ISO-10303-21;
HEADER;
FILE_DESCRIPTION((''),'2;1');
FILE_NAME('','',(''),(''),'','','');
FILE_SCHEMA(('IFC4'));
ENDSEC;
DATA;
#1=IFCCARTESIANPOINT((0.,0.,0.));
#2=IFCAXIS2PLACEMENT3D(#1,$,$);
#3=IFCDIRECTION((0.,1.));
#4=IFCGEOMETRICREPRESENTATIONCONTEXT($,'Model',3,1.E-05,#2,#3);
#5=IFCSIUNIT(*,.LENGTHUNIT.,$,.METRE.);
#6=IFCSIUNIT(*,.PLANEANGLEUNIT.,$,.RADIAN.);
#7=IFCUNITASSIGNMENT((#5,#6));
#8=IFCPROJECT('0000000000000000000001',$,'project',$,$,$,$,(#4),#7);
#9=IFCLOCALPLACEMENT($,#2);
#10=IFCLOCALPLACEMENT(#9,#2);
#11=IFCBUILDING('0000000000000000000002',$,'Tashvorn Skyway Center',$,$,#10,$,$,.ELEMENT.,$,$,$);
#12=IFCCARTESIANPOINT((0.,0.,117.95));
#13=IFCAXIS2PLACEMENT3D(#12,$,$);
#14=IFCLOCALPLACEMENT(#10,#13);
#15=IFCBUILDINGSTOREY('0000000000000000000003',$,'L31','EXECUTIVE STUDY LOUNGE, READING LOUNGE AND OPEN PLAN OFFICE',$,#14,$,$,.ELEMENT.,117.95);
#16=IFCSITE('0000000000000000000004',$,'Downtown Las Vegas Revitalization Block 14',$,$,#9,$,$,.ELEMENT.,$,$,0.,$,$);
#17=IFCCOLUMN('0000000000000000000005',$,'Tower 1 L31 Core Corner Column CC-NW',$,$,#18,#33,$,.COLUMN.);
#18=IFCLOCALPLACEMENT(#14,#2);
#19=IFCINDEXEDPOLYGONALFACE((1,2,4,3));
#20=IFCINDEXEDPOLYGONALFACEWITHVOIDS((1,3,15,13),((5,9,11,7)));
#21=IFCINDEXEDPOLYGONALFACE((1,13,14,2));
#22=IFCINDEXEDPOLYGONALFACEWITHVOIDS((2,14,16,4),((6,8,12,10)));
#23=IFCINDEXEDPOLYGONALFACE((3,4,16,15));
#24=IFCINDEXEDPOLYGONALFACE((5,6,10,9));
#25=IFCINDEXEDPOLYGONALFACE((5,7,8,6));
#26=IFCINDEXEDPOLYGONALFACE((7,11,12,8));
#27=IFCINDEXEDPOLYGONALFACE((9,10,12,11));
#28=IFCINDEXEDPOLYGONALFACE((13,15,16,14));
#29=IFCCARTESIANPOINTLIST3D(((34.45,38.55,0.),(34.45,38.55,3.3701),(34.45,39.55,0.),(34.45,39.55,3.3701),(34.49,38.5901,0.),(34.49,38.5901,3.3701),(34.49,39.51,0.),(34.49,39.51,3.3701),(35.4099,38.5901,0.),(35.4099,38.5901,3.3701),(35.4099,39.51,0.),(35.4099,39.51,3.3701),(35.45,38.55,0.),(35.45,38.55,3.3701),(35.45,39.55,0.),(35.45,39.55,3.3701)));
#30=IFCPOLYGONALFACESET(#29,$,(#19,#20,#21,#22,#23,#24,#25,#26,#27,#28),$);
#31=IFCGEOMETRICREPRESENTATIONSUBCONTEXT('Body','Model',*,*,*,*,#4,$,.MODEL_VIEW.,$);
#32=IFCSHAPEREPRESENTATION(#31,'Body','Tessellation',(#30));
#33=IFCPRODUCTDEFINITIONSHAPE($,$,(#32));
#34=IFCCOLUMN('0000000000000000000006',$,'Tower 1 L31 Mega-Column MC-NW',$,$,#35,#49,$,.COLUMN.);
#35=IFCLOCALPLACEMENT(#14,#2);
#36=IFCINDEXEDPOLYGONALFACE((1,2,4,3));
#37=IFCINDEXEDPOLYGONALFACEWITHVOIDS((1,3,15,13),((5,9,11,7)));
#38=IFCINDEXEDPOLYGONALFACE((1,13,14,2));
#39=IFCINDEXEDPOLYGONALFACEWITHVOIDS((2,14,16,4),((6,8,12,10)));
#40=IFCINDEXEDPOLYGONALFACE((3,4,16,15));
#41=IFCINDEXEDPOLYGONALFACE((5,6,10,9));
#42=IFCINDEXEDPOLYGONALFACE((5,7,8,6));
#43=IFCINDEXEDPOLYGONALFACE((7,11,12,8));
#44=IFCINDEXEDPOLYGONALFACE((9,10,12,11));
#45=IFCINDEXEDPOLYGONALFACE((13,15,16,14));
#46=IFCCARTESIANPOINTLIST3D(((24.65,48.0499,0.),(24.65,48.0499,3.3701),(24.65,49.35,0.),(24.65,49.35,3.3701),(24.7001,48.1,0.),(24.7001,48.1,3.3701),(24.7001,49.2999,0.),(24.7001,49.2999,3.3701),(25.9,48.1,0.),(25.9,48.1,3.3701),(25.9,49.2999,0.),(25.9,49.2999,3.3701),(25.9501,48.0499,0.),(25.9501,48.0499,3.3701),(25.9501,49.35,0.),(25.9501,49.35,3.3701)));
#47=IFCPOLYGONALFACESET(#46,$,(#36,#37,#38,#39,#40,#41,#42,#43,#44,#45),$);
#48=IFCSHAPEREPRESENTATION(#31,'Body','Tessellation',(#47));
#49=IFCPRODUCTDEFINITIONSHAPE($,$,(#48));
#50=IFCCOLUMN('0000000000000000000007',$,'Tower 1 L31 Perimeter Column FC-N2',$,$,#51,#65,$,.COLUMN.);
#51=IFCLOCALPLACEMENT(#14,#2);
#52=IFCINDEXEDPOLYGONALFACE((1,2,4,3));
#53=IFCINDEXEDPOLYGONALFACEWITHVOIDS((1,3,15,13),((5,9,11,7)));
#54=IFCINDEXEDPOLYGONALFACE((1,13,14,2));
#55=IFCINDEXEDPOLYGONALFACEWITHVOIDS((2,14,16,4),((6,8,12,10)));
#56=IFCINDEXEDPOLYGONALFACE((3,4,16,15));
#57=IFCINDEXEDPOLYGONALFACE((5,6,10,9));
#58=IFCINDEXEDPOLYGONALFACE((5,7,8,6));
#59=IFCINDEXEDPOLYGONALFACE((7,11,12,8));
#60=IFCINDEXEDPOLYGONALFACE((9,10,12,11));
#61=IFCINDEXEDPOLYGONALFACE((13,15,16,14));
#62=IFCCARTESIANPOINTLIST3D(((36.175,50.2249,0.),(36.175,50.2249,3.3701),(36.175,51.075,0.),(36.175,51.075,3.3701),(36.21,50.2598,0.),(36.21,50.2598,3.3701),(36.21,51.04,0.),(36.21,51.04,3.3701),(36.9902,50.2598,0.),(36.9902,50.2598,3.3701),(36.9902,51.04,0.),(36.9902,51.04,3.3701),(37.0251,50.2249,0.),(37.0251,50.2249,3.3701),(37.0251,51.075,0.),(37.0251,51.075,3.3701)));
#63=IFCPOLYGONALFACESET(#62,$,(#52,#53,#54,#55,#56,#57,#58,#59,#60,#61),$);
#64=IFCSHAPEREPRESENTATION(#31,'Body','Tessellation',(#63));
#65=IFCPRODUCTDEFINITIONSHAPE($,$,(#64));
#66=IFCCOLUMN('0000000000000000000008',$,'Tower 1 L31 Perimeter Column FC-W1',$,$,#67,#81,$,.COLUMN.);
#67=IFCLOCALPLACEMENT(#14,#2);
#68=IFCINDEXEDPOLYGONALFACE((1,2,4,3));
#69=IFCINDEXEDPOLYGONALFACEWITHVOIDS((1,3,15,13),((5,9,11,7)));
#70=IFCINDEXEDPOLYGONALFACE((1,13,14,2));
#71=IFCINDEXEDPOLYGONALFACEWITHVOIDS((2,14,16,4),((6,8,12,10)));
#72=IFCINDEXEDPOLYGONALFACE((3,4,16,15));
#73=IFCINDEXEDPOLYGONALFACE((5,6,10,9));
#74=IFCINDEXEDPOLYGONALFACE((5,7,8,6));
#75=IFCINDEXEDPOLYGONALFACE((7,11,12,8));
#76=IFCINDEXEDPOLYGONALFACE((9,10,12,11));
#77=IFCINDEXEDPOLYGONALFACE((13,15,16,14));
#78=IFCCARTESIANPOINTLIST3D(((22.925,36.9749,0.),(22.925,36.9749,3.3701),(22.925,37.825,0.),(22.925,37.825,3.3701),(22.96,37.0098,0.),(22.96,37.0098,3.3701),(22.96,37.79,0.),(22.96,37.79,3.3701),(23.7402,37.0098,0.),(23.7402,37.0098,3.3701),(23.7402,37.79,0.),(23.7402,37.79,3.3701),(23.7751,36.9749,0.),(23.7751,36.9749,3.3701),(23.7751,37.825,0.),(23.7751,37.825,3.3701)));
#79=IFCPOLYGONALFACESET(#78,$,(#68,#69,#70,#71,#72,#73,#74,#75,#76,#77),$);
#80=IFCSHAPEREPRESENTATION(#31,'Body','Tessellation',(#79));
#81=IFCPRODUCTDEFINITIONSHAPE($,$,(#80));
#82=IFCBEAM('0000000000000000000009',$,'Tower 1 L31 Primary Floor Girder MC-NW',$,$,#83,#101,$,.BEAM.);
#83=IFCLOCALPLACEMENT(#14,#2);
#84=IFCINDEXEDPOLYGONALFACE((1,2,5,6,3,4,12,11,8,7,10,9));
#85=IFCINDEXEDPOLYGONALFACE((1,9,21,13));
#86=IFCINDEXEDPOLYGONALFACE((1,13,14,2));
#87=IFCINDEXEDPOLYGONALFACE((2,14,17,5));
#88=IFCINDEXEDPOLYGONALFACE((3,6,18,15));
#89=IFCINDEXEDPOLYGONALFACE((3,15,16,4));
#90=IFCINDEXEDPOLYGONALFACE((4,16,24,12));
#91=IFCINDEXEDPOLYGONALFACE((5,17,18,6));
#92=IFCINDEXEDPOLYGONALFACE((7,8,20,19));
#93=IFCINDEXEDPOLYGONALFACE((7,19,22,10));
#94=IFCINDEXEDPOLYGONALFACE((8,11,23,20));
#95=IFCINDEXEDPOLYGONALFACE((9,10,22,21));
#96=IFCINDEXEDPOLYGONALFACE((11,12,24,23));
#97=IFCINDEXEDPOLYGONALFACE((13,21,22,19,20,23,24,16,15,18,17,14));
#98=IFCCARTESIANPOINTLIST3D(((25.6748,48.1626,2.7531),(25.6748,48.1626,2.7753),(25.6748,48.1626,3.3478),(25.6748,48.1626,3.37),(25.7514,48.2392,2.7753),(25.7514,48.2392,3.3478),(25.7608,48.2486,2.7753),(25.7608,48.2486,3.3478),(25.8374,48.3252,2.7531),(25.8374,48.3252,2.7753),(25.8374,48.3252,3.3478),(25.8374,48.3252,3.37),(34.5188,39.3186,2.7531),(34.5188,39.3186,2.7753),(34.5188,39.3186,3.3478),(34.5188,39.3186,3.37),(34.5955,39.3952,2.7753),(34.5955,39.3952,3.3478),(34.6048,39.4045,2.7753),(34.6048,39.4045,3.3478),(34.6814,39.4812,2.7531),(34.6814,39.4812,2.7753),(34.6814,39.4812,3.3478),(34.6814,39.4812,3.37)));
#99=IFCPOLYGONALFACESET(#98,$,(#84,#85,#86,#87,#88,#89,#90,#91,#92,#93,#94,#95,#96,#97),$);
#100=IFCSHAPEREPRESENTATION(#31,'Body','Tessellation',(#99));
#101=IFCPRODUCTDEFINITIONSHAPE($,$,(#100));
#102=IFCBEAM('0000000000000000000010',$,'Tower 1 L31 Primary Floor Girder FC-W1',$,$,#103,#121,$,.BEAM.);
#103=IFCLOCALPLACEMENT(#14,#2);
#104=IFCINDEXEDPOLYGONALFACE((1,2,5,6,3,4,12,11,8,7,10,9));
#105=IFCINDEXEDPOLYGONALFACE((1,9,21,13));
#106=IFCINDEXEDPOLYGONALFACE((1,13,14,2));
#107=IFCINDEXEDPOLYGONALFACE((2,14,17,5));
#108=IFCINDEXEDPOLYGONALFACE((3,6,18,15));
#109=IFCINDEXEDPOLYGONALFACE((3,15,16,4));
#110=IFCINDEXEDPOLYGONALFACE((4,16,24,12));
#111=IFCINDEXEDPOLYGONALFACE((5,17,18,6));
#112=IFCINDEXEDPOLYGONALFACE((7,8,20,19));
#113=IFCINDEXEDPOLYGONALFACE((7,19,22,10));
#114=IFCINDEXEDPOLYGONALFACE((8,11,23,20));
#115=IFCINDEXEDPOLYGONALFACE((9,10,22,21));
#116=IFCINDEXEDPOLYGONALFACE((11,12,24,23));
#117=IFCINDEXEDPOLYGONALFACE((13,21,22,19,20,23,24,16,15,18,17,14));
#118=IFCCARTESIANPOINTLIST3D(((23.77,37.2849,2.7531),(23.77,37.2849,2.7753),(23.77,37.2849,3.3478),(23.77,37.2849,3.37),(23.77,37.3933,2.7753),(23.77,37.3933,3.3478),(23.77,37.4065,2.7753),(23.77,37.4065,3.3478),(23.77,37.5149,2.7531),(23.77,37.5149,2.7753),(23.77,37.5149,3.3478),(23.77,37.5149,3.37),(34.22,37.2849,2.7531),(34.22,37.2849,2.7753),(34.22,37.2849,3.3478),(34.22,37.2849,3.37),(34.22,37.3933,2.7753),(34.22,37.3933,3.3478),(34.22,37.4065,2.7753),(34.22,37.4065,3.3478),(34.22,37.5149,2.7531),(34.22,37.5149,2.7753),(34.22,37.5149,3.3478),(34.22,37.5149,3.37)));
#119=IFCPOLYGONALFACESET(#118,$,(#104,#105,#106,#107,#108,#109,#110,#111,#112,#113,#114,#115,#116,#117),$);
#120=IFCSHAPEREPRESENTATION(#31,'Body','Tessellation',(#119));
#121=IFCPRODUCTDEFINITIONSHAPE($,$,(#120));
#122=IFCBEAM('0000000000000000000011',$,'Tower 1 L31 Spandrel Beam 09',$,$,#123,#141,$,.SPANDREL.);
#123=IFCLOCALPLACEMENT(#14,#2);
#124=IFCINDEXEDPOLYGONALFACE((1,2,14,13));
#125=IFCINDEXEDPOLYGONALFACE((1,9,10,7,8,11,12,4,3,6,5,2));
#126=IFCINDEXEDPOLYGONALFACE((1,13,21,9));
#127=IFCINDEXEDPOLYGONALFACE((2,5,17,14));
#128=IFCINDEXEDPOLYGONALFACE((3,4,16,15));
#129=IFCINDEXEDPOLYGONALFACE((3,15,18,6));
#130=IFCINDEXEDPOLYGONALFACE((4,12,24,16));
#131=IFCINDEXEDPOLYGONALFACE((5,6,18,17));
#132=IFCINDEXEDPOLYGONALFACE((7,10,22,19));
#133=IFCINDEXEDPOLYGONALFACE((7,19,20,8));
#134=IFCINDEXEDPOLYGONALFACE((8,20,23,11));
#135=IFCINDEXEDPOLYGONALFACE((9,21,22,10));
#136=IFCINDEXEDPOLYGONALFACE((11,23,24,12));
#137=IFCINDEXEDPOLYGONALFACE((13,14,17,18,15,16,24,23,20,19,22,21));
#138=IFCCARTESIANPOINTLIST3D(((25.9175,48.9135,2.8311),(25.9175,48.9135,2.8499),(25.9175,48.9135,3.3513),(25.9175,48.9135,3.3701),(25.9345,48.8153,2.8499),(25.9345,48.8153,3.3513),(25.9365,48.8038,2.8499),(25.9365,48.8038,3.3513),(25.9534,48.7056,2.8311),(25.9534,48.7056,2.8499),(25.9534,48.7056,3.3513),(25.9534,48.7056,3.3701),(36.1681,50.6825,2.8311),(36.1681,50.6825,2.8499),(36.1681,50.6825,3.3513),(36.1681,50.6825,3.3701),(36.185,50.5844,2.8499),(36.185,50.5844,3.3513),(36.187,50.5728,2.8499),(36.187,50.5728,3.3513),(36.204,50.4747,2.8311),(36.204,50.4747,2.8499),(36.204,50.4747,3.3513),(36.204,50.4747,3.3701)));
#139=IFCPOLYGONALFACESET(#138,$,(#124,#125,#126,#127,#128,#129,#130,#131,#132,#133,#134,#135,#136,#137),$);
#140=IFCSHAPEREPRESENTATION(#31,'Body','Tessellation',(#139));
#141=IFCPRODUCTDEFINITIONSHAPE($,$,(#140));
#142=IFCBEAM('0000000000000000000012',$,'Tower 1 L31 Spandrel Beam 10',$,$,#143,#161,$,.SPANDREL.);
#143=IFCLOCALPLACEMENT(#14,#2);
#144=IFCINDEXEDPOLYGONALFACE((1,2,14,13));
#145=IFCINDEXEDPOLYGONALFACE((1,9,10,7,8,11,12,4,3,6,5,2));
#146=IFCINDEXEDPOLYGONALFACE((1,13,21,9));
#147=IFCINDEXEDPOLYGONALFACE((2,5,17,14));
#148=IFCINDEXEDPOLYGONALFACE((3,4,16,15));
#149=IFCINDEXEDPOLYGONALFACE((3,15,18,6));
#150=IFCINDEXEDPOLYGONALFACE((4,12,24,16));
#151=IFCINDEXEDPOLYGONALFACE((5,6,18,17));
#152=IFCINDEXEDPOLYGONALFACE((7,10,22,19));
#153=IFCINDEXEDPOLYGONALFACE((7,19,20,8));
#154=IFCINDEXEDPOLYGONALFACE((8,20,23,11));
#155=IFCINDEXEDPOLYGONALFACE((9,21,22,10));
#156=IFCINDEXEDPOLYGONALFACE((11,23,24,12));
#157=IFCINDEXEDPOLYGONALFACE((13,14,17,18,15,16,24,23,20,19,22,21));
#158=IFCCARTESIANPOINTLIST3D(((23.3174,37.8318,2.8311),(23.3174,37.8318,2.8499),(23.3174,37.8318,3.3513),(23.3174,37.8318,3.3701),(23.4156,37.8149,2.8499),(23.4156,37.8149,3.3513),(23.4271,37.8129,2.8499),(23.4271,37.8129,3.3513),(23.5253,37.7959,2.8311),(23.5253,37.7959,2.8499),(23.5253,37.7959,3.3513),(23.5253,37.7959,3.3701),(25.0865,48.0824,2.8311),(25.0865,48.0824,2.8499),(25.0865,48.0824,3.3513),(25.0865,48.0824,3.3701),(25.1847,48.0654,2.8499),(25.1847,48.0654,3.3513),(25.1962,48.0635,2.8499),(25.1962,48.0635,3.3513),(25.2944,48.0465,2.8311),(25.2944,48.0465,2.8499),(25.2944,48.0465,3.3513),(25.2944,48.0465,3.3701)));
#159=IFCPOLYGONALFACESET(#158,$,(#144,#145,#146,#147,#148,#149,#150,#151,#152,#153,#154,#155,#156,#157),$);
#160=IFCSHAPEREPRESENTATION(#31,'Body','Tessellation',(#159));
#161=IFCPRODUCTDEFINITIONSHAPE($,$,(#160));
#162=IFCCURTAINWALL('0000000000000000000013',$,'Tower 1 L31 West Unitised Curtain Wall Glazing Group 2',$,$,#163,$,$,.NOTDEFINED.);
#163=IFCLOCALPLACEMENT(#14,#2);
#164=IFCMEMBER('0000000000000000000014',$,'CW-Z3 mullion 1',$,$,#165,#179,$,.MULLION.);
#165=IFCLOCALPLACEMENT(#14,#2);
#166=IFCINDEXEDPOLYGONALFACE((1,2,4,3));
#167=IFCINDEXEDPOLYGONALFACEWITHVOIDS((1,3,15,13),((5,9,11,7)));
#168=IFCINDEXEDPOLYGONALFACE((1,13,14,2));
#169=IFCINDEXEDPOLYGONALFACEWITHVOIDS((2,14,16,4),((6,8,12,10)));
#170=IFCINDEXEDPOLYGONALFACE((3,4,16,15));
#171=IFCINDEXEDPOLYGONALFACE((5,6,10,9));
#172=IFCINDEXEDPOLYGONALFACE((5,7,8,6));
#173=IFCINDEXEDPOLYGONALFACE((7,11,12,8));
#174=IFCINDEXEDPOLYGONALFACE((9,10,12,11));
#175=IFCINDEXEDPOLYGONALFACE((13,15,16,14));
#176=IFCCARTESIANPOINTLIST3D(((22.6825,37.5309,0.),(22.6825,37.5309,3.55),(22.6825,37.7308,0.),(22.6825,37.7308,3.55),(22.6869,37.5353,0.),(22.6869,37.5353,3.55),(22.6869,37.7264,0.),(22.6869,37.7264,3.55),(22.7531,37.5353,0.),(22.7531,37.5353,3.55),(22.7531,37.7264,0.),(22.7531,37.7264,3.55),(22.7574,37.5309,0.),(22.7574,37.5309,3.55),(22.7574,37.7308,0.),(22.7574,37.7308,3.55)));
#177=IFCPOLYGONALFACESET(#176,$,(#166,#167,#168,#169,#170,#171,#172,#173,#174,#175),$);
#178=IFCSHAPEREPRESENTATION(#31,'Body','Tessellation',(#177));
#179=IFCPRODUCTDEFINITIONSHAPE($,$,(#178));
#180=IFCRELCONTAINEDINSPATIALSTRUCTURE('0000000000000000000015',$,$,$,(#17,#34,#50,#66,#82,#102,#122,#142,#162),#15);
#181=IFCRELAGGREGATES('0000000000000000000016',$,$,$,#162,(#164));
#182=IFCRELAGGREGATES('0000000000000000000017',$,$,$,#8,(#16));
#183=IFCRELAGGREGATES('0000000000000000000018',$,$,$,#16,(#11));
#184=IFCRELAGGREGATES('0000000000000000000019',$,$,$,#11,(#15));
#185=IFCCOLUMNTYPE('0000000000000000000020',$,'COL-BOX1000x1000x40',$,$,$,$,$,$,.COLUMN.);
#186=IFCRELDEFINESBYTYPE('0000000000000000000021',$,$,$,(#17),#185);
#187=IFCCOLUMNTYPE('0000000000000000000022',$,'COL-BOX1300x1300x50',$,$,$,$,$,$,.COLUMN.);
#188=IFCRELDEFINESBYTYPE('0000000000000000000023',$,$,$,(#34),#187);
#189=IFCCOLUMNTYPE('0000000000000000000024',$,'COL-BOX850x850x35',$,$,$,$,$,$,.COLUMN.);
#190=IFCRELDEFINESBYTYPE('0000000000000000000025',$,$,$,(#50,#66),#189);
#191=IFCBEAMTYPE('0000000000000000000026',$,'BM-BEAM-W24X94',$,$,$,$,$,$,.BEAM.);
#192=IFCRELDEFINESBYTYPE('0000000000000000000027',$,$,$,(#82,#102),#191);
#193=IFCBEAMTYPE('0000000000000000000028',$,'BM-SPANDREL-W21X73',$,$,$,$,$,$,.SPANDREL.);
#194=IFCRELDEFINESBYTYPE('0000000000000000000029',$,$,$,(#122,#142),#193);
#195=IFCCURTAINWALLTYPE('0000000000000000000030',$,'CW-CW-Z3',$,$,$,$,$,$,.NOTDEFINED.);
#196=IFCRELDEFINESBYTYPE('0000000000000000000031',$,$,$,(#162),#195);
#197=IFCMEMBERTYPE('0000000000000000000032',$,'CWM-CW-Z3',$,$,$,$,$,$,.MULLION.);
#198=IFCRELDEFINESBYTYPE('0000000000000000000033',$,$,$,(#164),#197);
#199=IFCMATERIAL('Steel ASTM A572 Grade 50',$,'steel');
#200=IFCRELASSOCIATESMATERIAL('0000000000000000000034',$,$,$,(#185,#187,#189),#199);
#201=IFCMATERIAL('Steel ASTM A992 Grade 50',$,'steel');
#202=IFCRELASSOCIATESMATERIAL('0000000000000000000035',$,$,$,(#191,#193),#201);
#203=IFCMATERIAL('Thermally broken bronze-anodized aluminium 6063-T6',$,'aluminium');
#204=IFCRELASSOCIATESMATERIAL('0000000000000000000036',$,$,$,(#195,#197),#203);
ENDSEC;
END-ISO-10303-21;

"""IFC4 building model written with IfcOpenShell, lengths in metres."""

from ifc_helpers import new_model, si_unit, direction, frame, origin, origin_2d, place, context, subcontext, project, spatial, hollow_rectangle, i_section, extrude, material, material_profile, profile_set, type_object, element, aggregate, save


model = new_model("IFC4")

# Units and contexts
model_context = context("Model", 3, precision=1e-05, world=origin(), true_north=direction((0.0, 1.0)))
body_context = subcontext(model_context, "Body", "Model", "MODEL_VIEW")
ifc_project = project(units=[si_unit("LENGTHUNIT", "METRE"), si_unit("PLANEANGLEUNIT", "RADIAN")], contexts=[model_context])

# Site, building, storey
site_placement = place(None, origin())
site = spatial("IfcSite", under=ifc_project, at=site_placement, Name="Downtown Las Vegas Revitalization Block 14", CompositionType="ELEMENT", RefElevation=0.0)
building_placement = place(site_placement, origin())
building = spatial("IfcBuilding", under=site, at=building_placement, Name="Tashvorn Skyway Center", CompositionType="ELEMENT")
storey_placement = place(building_placement, frame((0.0, 0.0, 117.95)))
storey = spatial("IfcBuildingStorey", under=building, at=storey_placement, Name="L31", Description="EXECUTIVE STUDY LOUNGE, READING LOUNGE AND OPEN PLAN OFFICE", CompositionType="ELEMENT", Elevation=117.95)

# Columns
ifc_material_1 = material(Name="Steel ASTM A572 Grade 50", Category="steel")
ifc_material_profile_1 = material_profile(ifc_material_1, hollow_rectangle(XDim=1.0, YDim=1.0, WallThickness=0.04, at=origin_2d()), Name="BOX1000x1000x40")
ifc_profile_set_1 = profile_set([ifc_material_profile_1], Name="Steel ASTM A572 Grade 50")
column_type_1 = type_object("IfcColumnType", Name="COL-BOX1000x1000x40", PredefinedType="COLUMN", material=ifc_profile_set_1)
column_1_placement = place(storey_placement, frame((34.95, 39.05, 0.0), z_axis=(0.0, 0.0, 1.0), x_axis=(1.0, 0.0, 0.0)))
element("IfcColumn", 1, at=column_1_placement, inside=storey, type_object=column_type_1, Name="Tower 1 L31 Core Corner Column CC-NW", PredefinedType="COLUMN", context=body_context, shape_type="SweptSolid", body=[
    extrude(hollow_rectangle(XDim=1.0, YDim=1.0, WallThickness=0.04, at=origin_2d()), origin(), (0.0, 0.0, 1.0), 3.3701),
])
ifc_material_profile_2 = material_profile(ifc_material_1, hollow_rectangle(XDim=1.3, YDim=1.3, WallThickness=0.05, at=origin_2d()), Name="BOX1300x1300x50")
ifc_profile_set_2 = profile_set([ifc_material_profile_2], Name="Steel ASTM A572 Grade 50")
column_type_2 = type_object("IfcColumnType", Name="COL-BOX1300x1300x50", PredefinedType="COLUMN", material=ifc_profile_set_2)
column_2_placement = place(storey_placement, frame((25.3, 48.7, 0.0), z_axis=(0.0, 0.0, 1.0), x_axis=(1.0, 0.0, 0.0)))
element("IfcColumn", 2, at=column_2_placement, inside=storey, type_object=column_type_2, Name="Tower 1 L31 Mega-Column MC-NW", PredefinedType="COLUMN", context=body_context, shape_type="SweptSolid", body=[
    extrude(hollow_rectangle(XDim=1.3, YDim=1.3, WallThickness=0.05, at=origin_2d()), origin(), (0.0, 0.0, 1.0), 3.3701),
])
ifc_material_profile_3 = material_profile(ifc_material_1, hollow_rectangle(XDim=0.8501, YDim=0.8501, WallThickness=0.0349, at=origin_2d()), Name="BOX850x850x35")
ifc_profile_set_3 = profile_set([ifc_material_profile_3], Name="Steel ASTM A572 Grade 50")
column_type_3 = type_object("IfcColumnType", Name="COL-BOX850x850x35", PredefinedType="COLUMN", material=ifc_profile_set_3)
for number, where, z_axis, x_axis, name in (
    (3, (36.6001, 50.6499, 0.0), (0.0, 0.0, 1.0), (1.0, 0.0, 0.0), "Tower 1 L31 Perimeter Column FC-N2"),
    (4, (23.3501, 37.3999, 0.0), (0.0, 0.0, 1.0), (1.0, 0.0, 0.0), "Tower 1 L31 Perimeter Column FC-W1"),
):
    element("IfcColumn", number, at=place(storey_placement, frame(where, z_axis=z_axis, x_axis=x_axis)), inside=storey, type_object=column_type_3, Name=name, PredefinedType="COLUMN", context=body_context, shape_type="SweptSolid", body=[
        extrude(hollow_rectangle(XDim=0.8501, YDim=0.8501, WallThickness=0.0349, at=origin_2d()), origin(), (0.0, 0.0, 1.0), 3.3701),
    ])

# Beams
ifc_material_2 = material(Name="Steel ASTM A992 Grade 50", Category="steel")
ifc_material_profile_4 = material_profile(ifc_material_2, i_section(OverallWidth=0.23, OverallDepth=0.6169, WebThickness=0.0132, FlangeThickness=0.0222, at=origin_2d()), Name="W24X94")
ifc_profile_set_4 = profile_set([ifc_material_profile_4], Name="Steel ASTM A992 Grade 50")
beam_type_1 = type_object("IfcBeamType", Name="BM-BEAM-W24X94", PredefinedType="BEAM", material=ifc_profile_set_4)
beam_1_placement = place(storey_placement, frame((25.7561, 48.2439, 3.0615), z_axis=(0.707107, -0.707107, 0.0), x_axis=(0.707107, 0.707107, 0.0)))
element("IfcBeam", 5, at=beam_1_placement, inside=storey, type_object=beam_type_1, Name="Tower 1 L31 Primary Floor Girder MC-NW", PredefinedType="BEAM", context=body_context, shape_type="SweptSolid", body=[
    extrude(i_section(OverallWidth=0.23, OverallDepth=0.6169, WebThickness=0.0132, FlangeThickness=0.0222, at=origin_2d()), origin(), (0.0, 0.0, 1.0), 12.5073),
])
beam_2_placement = place(storey_placement, frame((23.77, 37.3999, 3.0615), z_axis=(1.0, 0.0, 0.0), x_axis=(0.0, 1.0, 0.0)))
element("IfcBeam", 6, at=beam_2_placement, inside=storey, type_object=beam_type_1, Name="Tower 1 L31 Primary Floor Girder FC-W1", PredefinedType="BEAM", context=body_context, shape_type="SweptSolid", body=[
    extrude(i_section(OverallWidth=0.23, OverallDepth=0.6169, WebThickness=0.0132, FlangeThickness=0.0222, at=origin_2d()), origin(), (0.0, 0.0, 1.0), 10.45),
])
ifc_material_profile_5 = material_profile(ifc_material_2, i_section(OverallWidth=0.2109, OverallDepth=0.5391, WebThickness=0.0117, FlangeThickness=0.0188, at=origin_2d()), Name="W21X73")
ifc_profile_set_5 = profile_set([ifc_material_profile_5], Name="Steel ASTM A992 Grade 50")
beam_type_2 = type_object("IfcBeamType", Name="BM-SPANDREL-W21X73", PredefinedType="SPANDREL", material=ifc_profile_set_5)
for number, where, z_axis, x_axis, name in (
    (7, (36.186, 50.5786, 3.1006), (-0.985432, -0.170067, 0.0), (0.170067, -0.985432, 0.0), "Tower 1 L31 Spandrel Beam 09"),
    (8, (25.1904, 48.0645, 3.1006), (-0.170067, -0.985432, 0.0), (0.985432, -0.170067, 0.0), "Tower 1 L31 Spandrel Beam 10"),
):
    element("IfcBeam", number, at=place(storey_placement, frame(where, z_axis=z_axis, x_axis=x_axis)), inside=storey, type_object=beam_type_2, Name=name, PredefinedType="SPANDREL", context=body_context, shape_type="SweptSolid", body=[
        extrude(i_section(OverallWidth=0.2109, OverallDepth=0.5391, WebThickness=0.0117, FlangeThickness=0.0188, at=origin_2d()), origin(), (0.0, 0.0, 1.0), 10.4021),
    ])

# Curtain wall, member
ifc_material_3 = material(Name="Thermally broken bronze-anodized aluminium 6063-T6", Category="aluminium")
curtain_wall_type = type_object("IfcCurtainWallType", Name="CW-CW-Z3", PredefinedType="NOTDEFINED", material=ifc_material_3)
curtain_wall_1_placement = place(storey_placement, origin())
curtain_wall_1 = element("IfcCurtainWall", 9, at=curtain_wall_1_placement, inside=storey, type_object=curtain_wall_type, Name="Tower 1 L31 West Unitised Curtain Wall Glazing Group 2", PredefinedType="NOTDEFINED")
ifc_material_profile_6 = material_profile(ifc_material_3, hollow_rectangle(XDim=0.075, YDim=0.2, WallThickness=0.0044, at=origin_2d()), Name="ALU-MULL-75x200")
ifc_profile_set_6 = profile_set([ifc_material_profile_6], Name="Thermally broken bronze-anodized aluminium 6063-T6")
member_type_1 = type_object("IfcMemberType", Name="CWM-CW-Z3", PredefinedType="MULLION", material=ifc_profile_set_6)
member_1_placement = place(storey_placement, frame((22.72, 37.6309, 0.0), z_axis=(0.0, 0.0, 1.0), x_axis=(-1.0, 0.0, 0.0)))
member_1 = element("IfcMember", 10, at=member_1_placement, type_object=member_type_1, Name="CW-Z3 mullion 1", PredefinedType="MULLION", context=body_context, shape_type="SweptSolid", body=[
    extrude(hollow_rectangle(XDim=0.075, YDim=0.2, WallThickness=0.0044, at=origin_2d()), origin(), (0.0, 0.0, 1.0), 3.55),
])

aggregate(curtain_wall_1, [member_1])

save(model, "model.ifc")
